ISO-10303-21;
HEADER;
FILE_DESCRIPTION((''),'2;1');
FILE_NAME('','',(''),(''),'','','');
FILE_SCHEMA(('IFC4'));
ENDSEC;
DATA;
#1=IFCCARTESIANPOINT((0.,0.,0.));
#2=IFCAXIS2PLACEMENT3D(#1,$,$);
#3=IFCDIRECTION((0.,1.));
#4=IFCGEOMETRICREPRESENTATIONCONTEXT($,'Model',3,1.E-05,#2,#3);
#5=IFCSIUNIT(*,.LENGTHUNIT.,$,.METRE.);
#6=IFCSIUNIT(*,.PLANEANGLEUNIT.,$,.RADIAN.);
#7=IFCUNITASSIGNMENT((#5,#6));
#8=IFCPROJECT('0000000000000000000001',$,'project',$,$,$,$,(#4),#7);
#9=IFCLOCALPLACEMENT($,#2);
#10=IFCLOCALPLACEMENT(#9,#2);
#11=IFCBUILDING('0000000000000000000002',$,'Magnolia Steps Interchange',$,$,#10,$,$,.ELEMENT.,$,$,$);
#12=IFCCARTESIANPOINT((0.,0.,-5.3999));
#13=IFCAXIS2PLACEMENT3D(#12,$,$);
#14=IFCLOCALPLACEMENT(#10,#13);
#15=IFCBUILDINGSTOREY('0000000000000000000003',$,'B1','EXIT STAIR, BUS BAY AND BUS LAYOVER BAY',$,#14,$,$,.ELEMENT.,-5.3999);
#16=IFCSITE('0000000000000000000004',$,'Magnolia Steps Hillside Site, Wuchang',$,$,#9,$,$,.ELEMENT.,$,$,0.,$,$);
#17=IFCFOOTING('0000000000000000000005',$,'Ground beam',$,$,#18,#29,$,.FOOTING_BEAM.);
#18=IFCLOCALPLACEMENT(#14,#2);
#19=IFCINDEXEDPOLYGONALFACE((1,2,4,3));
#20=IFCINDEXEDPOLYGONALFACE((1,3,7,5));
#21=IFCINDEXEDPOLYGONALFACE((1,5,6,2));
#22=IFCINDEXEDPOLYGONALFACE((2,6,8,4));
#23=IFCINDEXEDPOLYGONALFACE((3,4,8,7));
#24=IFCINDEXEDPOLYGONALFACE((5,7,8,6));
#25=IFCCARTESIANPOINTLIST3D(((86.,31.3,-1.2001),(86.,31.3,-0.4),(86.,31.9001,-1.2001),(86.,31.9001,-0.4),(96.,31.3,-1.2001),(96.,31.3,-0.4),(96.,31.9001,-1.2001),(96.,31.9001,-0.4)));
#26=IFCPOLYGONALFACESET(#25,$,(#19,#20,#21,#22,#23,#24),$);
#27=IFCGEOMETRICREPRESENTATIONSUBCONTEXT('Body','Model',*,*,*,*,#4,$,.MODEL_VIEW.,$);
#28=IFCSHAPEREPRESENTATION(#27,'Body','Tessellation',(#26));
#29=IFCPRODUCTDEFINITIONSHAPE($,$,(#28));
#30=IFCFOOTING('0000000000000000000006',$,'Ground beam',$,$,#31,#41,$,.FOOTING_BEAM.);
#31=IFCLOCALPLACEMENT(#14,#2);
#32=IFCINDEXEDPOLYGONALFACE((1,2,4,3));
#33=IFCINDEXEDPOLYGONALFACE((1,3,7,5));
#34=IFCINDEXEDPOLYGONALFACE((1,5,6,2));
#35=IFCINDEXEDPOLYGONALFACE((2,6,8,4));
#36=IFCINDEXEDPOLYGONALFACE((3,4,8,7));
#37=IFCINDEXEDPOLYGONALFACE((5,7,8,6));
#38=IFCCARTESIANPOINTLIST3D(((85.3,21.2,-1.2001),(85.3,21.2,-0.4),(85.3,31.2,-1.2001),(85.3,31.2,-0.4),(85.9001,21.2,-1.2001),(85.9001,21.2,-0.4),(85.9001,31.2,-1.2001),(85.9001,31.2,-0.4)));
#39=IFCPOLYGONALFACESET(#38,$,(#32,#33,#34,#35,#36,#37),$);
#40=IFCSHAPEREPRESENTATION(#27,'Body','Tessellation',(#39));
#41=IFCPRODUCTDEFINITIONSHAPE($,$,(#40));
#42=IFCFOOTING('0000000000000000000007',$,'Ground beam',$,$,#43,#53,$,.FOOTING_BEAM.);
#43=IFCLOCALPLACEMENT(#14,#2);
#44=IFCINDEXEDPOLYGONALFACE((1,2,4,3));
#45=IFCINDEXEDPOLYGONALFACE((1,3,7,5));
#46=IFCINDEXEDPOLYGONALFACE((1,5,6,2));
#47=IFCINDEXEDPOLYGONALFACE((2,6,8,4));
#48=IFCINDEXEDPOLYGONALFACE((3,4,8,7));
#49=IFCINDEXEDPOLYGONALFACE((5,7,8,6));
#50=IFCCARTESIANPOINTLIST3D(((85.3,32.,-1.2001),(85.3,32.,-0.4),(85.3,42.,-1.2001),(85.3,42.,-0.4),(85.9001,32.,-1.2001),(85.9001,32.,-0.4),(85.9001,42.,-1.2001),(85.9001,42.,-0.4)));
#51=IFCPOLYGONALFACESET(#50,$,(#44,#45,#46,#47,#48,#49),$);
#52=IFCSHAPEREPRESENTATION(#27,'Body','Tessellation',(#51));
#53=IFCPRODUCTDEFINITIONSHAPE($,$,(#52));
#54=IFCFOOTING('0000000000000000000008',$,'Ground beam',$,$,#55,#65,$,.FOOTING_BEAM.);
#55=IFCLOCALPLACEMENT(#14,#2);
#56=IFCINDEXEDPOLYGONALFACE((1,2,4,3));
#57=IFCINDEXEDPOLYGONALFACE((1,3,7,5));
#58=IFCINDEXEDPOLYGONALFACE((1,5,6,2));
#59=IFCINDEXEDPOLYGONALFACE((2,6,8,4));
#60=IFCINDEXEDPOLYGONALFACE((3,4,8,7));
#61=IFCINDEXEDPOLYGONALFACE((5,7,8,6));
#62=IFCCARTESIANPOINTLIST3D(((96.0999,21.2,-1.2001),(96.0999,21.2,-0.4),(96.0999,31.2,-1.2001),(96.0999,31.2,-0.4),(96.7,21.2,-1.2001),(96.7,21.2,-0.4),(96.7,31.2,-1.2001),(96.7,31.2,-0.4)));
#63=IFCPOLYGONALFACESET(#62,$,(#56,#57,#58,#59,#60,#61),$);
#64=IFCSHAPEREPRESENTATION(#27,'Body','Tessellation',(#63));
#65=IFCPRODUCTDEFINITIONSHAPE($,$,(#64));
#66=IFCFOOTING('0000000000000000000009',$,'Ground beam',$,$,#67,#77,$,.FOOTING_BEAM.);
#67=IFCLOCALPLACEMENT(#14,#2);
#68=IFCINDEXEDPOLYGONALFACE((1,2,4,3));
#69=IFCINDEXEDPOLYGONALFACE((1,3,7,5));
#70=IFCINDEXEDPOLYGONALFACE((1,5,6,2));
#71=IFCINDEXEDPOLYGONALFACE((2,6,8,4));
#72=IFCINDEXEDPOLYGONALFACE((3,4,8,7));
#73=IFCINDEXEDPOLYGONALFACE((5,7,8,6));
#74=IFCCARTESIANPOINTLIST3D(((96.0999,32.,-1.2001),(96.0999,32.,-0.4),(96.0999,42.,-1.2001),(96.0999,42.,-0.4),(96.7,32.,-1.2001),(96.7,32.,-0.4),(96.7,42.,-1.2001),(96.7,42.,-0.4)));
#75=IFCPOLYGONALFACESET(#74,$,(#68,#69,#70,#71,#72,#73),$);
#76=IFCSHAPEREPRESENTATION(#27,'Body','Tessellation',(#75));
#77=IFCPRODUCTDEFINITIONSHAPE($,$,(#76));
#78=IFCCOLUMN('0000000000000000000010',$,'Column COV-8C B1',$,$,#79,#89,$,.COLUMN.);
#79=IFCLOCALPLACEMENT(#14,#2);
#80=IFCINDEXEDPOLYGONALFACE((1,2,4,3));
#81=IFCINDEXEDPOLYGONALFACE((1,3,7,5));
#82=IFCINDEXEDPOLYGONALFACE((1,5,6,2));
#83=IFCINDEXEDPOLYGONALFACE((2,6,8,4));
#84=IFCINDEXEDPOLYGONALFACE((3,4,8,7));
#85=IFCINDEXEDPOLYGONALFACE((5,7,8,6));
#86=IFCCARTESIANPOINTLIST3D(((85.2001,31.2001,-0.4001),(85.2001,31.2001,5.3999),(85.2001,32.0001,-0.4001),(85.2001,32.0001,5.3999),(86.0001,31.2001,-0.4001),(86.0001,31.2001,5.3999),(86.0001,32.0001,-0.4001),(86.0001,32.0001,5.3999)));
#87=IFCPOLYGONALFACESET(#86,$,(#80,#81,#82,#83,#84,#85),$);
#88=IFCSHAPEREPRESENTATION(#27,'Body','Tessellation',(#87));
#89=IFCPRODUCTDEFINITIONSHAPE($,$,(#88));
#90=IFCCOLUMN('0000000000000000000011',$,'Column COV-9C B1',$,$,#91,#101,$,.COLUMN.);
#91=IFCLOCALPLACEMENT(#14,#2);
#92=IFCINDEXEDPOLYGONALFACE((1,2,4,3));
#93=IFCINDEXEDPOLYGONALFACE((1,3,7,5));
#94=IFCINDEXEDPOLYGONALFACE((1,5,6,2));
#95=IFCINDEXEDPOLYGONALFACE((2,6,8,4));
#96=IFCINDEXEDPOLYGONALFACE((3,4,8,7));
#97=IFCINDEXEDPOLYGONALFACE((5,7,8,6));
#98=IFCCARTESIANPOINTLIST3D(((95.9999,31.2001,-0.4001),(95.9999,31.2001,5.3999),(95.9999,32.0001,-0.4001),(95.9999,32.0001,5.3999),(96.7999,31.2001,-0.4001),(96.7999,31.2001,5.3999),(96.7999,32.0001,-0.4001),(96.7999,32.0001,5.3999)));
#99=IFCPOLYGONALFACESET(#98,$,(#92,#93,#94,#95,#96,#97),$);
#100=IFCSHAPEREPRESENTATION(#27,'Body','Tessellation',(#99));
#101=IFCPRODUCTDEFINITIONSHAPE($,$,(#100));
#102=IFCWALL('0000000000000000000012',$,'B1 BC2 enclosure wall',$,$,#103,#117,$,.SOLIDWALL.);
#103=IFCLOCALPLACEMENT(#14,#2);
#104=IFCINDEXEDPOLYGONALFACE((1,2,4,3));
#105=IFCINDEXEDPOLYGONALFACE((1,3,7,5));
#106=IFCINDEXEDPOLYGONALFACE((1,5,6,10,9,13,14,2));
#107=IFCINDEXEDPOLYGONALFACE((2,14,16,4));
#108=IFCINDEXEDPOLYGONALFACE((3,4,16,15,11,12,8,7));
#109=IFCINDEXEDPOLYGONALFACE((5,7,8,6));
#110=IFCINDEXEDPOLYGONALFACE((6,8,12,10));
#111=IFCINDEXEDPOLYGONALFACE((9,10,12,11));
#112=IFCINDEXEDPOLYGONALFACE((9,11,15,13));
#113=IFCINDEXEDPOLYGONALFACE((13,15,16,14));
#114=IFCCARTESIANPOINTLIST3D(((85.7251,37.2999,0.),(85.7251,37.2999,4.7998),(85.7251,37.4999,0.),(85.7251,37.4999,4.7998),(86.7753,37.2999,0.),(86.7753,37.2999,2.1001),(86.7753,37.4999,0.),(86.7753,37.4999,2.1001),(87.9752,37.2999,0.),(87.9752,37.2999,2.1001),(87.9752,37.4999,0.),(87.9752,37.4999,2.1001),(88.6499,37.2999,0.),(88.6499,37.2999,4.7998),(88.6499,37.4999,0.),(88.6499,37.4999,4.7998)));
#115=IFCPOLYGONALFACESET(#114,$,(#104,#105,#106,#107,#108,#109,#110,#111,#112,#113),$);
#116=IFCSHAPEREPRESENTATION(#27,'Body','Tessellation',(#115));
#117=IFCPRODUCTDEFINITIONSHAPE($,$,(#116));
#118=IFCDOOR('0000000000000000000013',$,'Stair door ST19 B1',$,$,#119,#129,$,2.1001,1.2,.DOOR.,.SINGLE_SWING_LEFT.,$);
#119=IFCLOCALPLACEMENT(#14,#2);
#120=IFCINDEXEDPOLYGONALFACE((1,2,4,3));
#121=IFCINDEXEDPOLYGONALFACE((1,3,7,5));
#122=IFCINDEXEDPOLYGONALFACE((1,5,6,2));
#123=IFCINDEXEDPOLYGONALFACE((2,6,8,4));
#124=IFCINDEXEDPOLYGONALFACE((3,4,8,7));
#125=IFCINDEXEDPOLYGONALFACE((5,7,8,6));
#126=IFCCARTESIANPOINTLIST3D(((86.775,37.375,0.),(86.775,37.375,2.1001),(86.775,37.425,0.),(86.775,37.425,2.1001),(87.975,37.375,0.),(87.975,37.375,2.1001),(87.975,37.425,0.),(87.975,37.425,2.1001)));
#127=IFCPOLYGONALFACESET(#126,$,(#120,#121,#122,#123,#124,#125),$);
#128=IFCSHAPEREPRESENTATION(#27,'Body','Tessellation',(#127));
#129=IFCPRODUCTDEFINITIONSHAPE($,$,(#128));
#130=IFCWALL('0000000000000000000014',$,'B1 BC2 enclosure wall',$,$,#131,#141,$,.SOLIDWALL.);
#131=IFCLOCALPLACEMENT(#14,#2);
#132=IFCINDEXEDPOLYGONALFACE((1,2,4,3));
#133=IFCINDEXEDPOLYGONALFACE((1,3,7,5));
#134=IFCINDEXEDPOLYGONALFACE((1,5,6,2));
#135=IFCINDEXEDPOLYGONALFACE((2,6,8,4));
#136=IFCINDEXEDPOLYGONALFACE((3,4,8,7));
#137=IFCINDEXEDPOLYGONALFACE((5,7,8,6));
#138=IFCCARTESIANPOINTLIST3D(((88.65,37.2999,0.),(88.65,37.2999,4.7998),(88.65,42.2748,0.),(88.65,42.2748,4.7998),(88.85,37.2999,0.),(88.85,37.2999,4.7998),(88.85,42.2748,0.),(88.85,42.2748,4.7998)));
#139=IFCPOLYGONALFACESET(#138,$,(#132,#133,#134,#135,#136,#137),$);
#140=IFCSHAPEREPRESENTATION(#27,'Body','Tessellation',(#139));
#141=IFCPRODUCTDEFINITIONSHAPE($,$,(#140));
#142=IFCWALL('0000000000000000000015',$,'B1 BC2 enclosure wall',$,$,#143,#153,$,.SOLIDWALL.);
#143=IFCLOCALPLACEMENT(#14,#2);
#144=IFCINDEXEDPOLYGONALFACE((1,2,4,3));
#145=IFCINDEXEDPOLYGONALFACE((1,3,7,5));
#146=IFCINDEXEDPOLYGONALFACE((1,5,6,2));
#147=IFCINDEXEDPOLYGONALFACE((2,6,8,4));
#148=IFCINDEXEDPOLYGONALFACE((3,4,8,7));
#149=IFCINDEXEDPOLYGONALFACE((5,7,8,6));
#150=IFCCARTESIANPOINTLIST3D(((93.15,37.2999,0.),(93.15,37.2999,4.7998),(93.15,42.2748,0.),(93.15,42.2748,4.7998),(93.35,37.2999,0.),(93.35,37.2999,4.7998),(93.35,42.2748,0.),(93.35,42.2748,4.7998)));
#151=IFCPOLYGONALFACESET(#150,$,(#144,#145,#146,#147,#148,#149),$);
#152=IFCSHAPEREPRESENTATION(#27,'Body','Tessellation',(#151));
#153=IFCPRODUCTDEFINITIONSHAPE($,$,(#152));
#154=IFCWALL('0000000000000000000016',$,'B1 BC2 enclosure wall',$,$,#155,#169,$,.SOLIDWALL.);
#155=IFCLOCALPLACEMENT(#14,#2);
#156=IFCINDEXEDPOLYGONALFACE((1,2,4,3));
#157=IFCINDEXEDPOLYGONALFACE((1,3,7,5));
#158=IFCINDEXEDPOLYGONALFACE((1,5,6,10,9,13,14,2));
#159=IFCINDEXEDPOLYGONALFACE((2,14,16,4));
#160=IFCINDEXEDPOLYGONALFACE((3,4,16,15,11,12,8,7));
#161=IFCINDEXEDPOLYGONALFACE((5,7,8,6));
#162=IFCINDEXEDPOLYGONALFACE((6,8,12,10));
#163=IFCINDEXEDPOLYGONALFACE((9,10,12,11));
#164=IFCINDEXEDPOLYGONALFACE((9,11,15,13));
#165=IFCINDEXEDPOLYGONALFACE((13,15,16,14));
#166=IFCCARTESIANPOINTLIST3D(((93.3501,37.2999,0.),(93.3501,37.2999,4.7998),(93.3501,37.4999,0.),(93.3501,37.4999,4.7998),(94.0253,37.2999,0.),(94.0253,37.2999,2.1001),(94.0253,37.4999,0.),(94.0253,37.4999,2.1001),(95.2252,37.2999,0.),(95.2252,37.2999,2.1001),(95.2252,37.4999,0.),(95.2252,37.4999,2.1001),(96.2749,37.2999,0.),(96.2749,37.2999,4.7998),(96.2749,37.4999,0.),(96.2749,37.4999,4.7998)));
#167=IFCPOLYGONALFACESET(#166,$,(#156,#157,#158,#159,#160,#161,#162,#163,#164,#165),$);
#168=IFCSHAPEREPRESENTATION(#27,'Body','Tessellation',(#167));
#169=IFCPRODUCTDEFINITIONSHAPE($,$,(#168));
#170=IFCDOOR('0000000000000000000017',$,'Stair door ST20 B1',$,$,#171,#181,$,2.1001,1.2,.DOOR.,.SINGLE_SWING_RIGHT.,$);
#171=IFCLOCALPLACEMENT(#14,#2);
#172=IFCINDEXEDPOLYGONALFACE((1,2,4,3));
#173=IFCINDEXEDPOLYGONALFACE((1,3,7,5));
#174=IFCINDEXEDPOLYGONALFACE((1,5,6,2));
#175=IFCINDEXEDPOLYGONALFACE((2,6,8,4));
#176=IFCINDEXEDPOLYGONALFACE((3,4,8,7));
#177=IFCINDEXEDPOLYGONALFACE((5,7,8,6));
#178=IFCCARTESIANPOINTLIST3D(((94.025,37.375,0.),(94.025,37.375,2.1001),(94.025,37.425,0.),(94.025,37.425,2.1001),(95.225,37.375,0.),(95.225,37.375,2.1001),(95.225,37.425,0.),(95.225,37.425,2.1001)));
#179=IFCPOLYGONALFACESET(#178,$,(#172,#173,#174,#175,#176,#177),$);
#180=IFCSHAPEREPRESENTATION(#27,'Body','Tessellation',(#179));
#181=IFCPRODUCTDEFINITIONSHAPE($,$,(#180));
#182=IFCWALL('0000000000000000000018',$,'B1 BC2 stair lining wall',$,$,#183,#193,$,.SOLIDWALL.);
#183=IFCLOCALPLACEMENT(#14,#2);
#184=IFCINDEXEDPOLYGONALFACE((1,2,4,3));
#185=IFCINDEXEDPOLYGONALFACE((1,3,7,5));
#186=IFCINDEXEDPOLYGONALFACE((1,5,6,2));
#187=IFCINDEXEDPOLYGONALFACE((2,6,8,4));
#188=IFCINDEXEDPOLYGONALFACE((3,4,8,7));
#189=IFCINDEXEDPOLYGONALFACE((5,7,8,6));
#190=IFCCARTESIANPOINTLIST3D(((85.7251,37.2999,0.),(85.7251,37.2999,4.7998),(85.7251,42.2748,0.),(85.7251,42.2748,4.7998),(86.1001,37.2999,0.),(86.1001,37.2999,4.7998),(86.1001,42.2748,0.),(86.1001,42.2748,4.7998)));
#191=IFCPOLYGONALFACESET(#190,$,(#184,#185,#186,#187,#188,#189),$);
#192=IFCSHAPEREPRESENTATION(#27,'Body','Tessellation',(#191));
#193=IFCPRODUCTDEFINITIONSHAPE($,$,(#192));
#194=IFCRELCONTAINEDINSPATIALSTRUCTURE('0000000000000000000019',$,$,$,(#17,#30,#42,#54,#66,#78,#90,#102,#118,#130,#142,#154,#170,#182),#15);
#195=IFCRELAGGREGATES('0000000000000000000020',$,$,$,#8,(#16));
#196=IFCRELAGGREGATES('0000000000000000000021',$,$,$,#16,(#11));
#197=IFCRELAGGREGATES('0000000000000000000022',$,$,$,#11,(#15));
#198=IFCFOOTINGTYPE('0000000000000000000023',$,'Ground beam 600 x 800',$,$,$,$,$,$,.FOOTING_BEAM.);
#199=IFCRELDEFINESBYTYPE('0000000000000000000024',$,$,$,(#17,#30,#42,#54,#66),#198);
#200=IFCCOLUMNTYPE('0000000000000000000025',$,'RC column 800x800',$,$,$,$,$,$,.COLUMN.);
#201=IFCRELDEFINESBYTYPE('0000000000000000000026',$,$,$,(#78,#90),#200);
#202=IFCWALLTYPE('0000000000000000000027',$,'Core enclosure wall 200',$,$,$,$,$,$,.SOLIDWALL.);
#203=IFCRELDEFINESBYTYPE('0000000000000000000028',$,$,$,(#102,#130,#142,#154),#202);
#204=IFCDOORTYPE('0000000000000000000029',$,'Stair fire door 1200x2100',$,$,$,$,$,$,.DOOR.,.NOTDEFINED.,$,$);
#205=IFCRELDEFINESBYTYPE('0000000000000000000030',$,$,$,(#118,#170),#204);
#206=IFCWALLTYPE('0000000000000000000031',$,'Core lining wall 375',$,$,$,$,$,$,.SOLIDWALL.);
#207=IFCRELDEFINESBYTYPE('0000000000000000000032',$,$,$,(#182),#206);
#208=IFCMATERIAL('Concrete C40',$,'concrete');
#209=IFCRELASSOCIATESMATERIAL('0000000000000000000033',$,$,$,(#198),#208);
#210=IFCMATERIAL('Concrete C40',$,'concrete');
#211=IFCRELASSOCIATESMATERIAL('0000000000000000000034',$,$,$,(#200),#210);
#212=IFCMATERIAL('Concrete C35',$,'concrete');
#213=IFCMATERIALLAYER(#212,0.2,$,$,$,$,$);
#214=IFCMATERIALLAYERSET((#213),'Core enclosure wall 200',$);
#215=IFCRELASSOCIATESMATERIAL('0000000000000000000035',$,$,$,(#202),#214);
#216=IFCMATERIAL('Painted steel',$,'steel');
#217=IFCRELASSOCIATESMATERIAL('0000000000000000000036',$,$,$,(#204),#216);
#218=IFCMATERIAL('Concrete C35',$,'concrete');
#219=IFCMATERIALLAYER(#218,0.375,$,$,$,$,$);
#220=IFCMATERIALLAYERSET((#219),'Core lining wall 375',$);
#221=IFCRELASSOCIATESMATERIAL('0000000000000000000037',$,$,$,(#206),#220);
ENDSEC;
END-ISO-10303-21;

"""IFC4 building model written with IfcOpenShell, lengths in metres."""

from ifc_helpers import new_model, si_unit, direction, frame, frame_2d, origin, origin_2d, place, context, subcontext, project, spatial, rectangle, extrude, material, layer, layer_set, material_profile, profile_set, type_object, element, fill, save


model = new_model("IFC4")

# Units and contexts
model_context = context("Model", 3, precision=1e-05, world=origin(), true_north=direction((0.0, 1.0)))
body_context = subcontext(model_context, "Body", "Model", "MODEL_VIEW")
ifc_project = project(units=[si_unit("LENGTHUNIT", "METRE"), si_unit("PLANEANGLEUNIT", "RADIAN")], contexts=[model_context])

# Site, building, storey
site_placement = place(None, origin())
site = spatial("IfcSite", under=ifc_project, at=site_placement, Name="Magnolia Steps Hillside Site, Wuchang", CompositionType="ELEMENT", RefElevation=0.0)
building_placement = place(site_placement, origin())
building = spatial("IfcBuilding", under=site, at=building_placement, Name="Magnolia Steps Interchange", CompositionType="ELEMENT")
storey_placement = place(building_placement, frame((0.0, 0.0, -5.3999)))
storey = spatial("IfcBuildingStorey", under=building, at=storey_placement, Name="B1", Description="EXIT STAIR, BUS BAY AND BUS LAYOVER BAY", CompositionType="ELEMENT", Elevation=-5.3999)

# Footings
ifc_material_1 = material(Name="Concrete C40", Category="concrete")
ifc_material_profile_1 = material_profile(ifc_material_1, rectangle(XDim=0.6001, YDim=0.8, at=origin_2d()), Name="RC600x800")
ifc_profile_set_1 = profile_set([ifc_material_profile_1], Name="Concrete C40")
footing_type = type_object("IfcFootingType", Name="Ground beam 600 x 800", PredefinedType="FOOTING_BEAM", material=ifc_profile_set_1)
for number, where, z_axis, x_axis, name in (
    (1, (86.0, 31.6001, -0.8), (1.0, 0.0, 0.0), (0.0, 1.0, 0.0), "Ground beam"),
    (2, (85.6001, 21.2, -0.8), (0.0, 1.0, 0.0), (-1.0, 0.0, 0.0), "Ground beam"),
    (3, (85.6001, 32.0, -0.8), (0.0, 1.0, 0.0), (-1.0, 0.0, 0.0), "Ground beam"),
    (4, (96.3999, 21.2, -0.8), (0.0, 1.0, 0.0), (-1.0, 0.0, 0.0), "Ground beam"),
    (5, (96.3999, 32.0, -0.8), (0.0, 1.0, 0.0), (-1.0, 0.0, 0.0), "Ground beam"),
):
    element("IfcFooting", number, at=place(storey_placement, frame(where, z_axis=z_axis, x_axis=x_axis)), inside=storey, type_object=footing_type, Name=name, PredefinedType="FOOTING_BEAM", context=body_context, shape_type="SweptSolid", body=[
        extrude(rectangle(XDim=0.6001, YDim=0.8, at=origin_2d()), origin(), (0.0, 0.0, 1.0), 10.0),
    ])

# Columns
ifc_material_2 = material(Name="Concrete C40", Category="concrete")
ifc_material_profile_2 = material_profile(ifc_material_2, rectangle(XDim=0.8, YDim=0.8, at=origin_2d()), Name="RC800x800")
ifc_profile_set_2 = profile_set([ifc_material_profile_2], Name="Concrete C40")
column_type = type_object("IfcColumnType", Name="RC column 800x800", PredefinedType="COLUMN", material=ifc_profile_set_2)
for number, where, z_axis, x_axis, name in (
    (6, (85.6001, 31.6001, -0.4001), (0.0, 0.0, 1.0), (1.0, 0.0, 0.0), "Column COV-8C B1"),
    (7, (96.3999, 31.6001, -0.4001), (0.0, 0.0, 1.0), (1.0, 0.0, 0.0), "Column COV-9C B1"),
):
    element("IfcColumn", number, at=place(storey_placement, frame(where, z_axis=z_axis, x_axis=x_axis)), inside=storey, type_object=column_type, Name=name, PredefinedType="COLUMN", context=body_context, shape_type="SweptSolid", body=[
        extrude(rectangle(XDim=0.8, YDim=0.8, at=origin_2d()), origin(), (0.0, 0.0, 1.0), 5.8),
    ])

# Wall, opening, door
ifc_material_3 = material(Name="Concrete C35", Category="concrete")
ifc_layer_1 = layer(ifc_material_3, 0.2)
ifc_layer_set_1 = layer_set([ifc_layer_1], Name="Core enclosure wall 200")
wall_type_1 = type_object("IfcWallType", Name="Core enclosure wall 200", PredefinedType="SOLIDWALL", material=ifc_layer_set_1)
wall_1_placement = place(storey_placement, frame((85.7251, 37.3999, 0.0), z_axis=(0.0, 0.0, 1.0), x_axis=(1.0, 0.0, 0.0)))
wall_1 = element("IfcWall", 8, at=wall_1_placement, inside=storey, type_object=wall_type_1, Name="B1 BC2 enclosure wall", PredefinedType="SOLIDWALL", context=body_context, shape_type="SweptSolid", body=[
    extrude(rectangle(XDim=2.9248, YDim=0.2, at=frame_2d((1.4624, 0.0))), origin(), (0.0, 0.0, 1.0), 4.7998),
])
opening_1_placement = place(wall_1_placement, frame((1.05, 0.0, 0.0)))
opening_1 = element("IfcOpeningElement", 9, at=opening_1_placement, cuts=wall_1, PredefinedType="OPENING", context=body_context, shape_type="SweptSolid", body=[
    extrude(rectangle(XDim=1.2, YDim=2.1001, at=frame_2d((0.6001, 1.05))), frame((0.0, 0.1099, 0.0), z_axis=(0.0, -1.0, 0.0), x_axis=(1.0, 0.0, 0.0)), (0.0, 0.0, 1.0), 0.22),
])
ifc_material_4 = material(Name="Painted steel", Category="steel")
door_type_1 = type_object("IfcDoorType", Name="Stair fire door 1200x2100", OperationType="NOTDEFINED", PredefinedType="DOOR", material=ifc_material_4)
door_1_placement = place(opening_1_placement, frame((1.2, 0.0, 0.0), z_axis=(0.0, 0.0, 1.0), x_axis=(-1.0, 0.0, 0.0)))
door_1 = element("IfcDoor", 10, at=door_1_placement, inside=storey, type_object=door_type_1, Name="Stair door ST19 B1", OperationType="SINGLE_SWING_LEFT", OverallHeight=2.1001, OverallWidth=1.2, PredefinedType="DOOR", context=body_context, shape_type="SweptSolid", body=[
    extrude(rectangle(XDim=1.2, YDim=2.1001, at=frame_2d((0.6001, 1.05))), frame((0.0, 0.0249, 0.0), z_axis=(0.0, -1.0, 0.0), x_axis=(1.0, 0.0, 0.0)), (0.0, 0.0, 1.0), 0.05),
])
fill(opening_1, door_1)

# Walls
for number, where, z_axis, x_axis, name in (
    (11, (88.75, 37.3, 0.0), (0.0, 0.0, 1.0), (0.0, 1.0, 0.0), "B1 BC2 enclosure wall"),
    (12, (93.25, 37.3, 0.0), (0.0, 0.0, 1.0), (0.0, 1.0, 0.0), "B1 BC2 enclosure wall"),
):
    element("IfcWall", number, at=place(storey_placement, frame(where, z_axis=z_axis, x_axis=x_axis)), inside=storey, type_object=wall_type_1, Name=name, PredefinedType="SOLIDWALL", context=body_context, shape_type="SweptSolid", body=[
        extrude(rectangle(XDim=4.9749, YDim=0.2, at=frame_2d((2.4873, 0.0))), origin(), (0.0, 0.0, 1.0), 4.7998),
    ])

# Wall, opening, door
wall_2_placement = place(storey_placement, frame((93.3501, 37.3999, 0.0), z_axis=(0.0, 0.0, 1.0), x_axis=(1.0, 0.0, 0.0)))
wall_2 = element("IfcWall", 13, at=wall_2_placement, inside=storey, type_object=wall_type_1, Name="B1 BC2 enclosure wall", PredefinedType="SOLIDWALL", context=body_context, shape_type="SweptSolid", body=[
    extrude(rectangle(XDim=2.9248, YDim=0.2, at=frame_2d((1.4624, 0.0))), origin(), (0.0, 0.0, 1.0), 4.7998),
])
opening_2_placement = place(wall_2_placement, frame((0.675, 0.0, 0.0)))
opening_2 = element("IfcOpeningElement", 14, at=opening_2_placement, cuts=wall_2, PredefinedType="OPENING", context=body_context, shape_type="SweptSolid", body=[
    extrude(rectangle(XDim=1.2, YDim=2.1001, at=frame_2d((0.6001, 1.05))), frame((0.0, 0.1099, 0.0), z_axis=(0.0, -1.0, 0.0), x_axis=(1.0, 0.0, 0.0)), (0.0, 0.0, 1.0), 0.22),
])
door_2_placement = place(opening_2_placement, frame((1.2, 0.0, 0.0), z_axis=(0.0, 0.0, 1.0), x_axis=(-1.0, 0.0, 0.0)))
door_2 = element("IfcDoor", 15, at=door_2_placement, inside=storey, type_object=door_type_1, Name="Stair door ST20 B1", OperationType="SINGLE_SWING_RIGHT", OverallHeight=2.1001, OverallWidth=1.2, PredefinedType="DOOR", context=body_context, shape_type="SweptSolid", body=[
    extrude(rectangle(XDim=1.2, YDim=2.1001, at=frame_2d((0.6001, 1.05))), frame((0.0, 0.0249, 0.0), z_axis=(0.0, -1.0, 0.0), x_axis=(1.0, 0.0, 0.0)), (0.0, 0.0, 1.0), 0.05),
])
fill(opening_2, door_2)

# Wall
ifc_material_5 = material(Name="Concrete C35", Category="concrete")
ifc_layer_2 = layer(ifc_material_5, 0.375)
ifc_layer_set_2 = layer_set([ifc_layer_2], Name="Core lining wall 375")
wall_type_2 = type_object("IfcWallType", Name="Core lining wall 375", PredefinedType="SOLIDWALL", material=ifc_layer_set_2)
for number, where, z_axis, x_axis, name in (
    (16, (85.9126, 37.3, 0.0), (0.0, 0.0, 1.0), (0.0, 1.0, 0.0), "B1 BC2 stair lining wall"),
):
    element("IfcWall", number, at=place(storey_placement, frame(where, z_axis=z_axis, x_axis=x_axis)), inside=storey, type_object=wall_type_2, Name=name, PredefinedType="SOLIDWALL", context=body_context, shape_type="SweptSolid", body=[
        extrude(rectangle(XDim=4.9749, YDim=0.375, at=frame_2d((2.4873, 0.0))), origin(), (0.0, 0.0, 1.0), 4.7998),
    ])

save(model, "model.ifc")
